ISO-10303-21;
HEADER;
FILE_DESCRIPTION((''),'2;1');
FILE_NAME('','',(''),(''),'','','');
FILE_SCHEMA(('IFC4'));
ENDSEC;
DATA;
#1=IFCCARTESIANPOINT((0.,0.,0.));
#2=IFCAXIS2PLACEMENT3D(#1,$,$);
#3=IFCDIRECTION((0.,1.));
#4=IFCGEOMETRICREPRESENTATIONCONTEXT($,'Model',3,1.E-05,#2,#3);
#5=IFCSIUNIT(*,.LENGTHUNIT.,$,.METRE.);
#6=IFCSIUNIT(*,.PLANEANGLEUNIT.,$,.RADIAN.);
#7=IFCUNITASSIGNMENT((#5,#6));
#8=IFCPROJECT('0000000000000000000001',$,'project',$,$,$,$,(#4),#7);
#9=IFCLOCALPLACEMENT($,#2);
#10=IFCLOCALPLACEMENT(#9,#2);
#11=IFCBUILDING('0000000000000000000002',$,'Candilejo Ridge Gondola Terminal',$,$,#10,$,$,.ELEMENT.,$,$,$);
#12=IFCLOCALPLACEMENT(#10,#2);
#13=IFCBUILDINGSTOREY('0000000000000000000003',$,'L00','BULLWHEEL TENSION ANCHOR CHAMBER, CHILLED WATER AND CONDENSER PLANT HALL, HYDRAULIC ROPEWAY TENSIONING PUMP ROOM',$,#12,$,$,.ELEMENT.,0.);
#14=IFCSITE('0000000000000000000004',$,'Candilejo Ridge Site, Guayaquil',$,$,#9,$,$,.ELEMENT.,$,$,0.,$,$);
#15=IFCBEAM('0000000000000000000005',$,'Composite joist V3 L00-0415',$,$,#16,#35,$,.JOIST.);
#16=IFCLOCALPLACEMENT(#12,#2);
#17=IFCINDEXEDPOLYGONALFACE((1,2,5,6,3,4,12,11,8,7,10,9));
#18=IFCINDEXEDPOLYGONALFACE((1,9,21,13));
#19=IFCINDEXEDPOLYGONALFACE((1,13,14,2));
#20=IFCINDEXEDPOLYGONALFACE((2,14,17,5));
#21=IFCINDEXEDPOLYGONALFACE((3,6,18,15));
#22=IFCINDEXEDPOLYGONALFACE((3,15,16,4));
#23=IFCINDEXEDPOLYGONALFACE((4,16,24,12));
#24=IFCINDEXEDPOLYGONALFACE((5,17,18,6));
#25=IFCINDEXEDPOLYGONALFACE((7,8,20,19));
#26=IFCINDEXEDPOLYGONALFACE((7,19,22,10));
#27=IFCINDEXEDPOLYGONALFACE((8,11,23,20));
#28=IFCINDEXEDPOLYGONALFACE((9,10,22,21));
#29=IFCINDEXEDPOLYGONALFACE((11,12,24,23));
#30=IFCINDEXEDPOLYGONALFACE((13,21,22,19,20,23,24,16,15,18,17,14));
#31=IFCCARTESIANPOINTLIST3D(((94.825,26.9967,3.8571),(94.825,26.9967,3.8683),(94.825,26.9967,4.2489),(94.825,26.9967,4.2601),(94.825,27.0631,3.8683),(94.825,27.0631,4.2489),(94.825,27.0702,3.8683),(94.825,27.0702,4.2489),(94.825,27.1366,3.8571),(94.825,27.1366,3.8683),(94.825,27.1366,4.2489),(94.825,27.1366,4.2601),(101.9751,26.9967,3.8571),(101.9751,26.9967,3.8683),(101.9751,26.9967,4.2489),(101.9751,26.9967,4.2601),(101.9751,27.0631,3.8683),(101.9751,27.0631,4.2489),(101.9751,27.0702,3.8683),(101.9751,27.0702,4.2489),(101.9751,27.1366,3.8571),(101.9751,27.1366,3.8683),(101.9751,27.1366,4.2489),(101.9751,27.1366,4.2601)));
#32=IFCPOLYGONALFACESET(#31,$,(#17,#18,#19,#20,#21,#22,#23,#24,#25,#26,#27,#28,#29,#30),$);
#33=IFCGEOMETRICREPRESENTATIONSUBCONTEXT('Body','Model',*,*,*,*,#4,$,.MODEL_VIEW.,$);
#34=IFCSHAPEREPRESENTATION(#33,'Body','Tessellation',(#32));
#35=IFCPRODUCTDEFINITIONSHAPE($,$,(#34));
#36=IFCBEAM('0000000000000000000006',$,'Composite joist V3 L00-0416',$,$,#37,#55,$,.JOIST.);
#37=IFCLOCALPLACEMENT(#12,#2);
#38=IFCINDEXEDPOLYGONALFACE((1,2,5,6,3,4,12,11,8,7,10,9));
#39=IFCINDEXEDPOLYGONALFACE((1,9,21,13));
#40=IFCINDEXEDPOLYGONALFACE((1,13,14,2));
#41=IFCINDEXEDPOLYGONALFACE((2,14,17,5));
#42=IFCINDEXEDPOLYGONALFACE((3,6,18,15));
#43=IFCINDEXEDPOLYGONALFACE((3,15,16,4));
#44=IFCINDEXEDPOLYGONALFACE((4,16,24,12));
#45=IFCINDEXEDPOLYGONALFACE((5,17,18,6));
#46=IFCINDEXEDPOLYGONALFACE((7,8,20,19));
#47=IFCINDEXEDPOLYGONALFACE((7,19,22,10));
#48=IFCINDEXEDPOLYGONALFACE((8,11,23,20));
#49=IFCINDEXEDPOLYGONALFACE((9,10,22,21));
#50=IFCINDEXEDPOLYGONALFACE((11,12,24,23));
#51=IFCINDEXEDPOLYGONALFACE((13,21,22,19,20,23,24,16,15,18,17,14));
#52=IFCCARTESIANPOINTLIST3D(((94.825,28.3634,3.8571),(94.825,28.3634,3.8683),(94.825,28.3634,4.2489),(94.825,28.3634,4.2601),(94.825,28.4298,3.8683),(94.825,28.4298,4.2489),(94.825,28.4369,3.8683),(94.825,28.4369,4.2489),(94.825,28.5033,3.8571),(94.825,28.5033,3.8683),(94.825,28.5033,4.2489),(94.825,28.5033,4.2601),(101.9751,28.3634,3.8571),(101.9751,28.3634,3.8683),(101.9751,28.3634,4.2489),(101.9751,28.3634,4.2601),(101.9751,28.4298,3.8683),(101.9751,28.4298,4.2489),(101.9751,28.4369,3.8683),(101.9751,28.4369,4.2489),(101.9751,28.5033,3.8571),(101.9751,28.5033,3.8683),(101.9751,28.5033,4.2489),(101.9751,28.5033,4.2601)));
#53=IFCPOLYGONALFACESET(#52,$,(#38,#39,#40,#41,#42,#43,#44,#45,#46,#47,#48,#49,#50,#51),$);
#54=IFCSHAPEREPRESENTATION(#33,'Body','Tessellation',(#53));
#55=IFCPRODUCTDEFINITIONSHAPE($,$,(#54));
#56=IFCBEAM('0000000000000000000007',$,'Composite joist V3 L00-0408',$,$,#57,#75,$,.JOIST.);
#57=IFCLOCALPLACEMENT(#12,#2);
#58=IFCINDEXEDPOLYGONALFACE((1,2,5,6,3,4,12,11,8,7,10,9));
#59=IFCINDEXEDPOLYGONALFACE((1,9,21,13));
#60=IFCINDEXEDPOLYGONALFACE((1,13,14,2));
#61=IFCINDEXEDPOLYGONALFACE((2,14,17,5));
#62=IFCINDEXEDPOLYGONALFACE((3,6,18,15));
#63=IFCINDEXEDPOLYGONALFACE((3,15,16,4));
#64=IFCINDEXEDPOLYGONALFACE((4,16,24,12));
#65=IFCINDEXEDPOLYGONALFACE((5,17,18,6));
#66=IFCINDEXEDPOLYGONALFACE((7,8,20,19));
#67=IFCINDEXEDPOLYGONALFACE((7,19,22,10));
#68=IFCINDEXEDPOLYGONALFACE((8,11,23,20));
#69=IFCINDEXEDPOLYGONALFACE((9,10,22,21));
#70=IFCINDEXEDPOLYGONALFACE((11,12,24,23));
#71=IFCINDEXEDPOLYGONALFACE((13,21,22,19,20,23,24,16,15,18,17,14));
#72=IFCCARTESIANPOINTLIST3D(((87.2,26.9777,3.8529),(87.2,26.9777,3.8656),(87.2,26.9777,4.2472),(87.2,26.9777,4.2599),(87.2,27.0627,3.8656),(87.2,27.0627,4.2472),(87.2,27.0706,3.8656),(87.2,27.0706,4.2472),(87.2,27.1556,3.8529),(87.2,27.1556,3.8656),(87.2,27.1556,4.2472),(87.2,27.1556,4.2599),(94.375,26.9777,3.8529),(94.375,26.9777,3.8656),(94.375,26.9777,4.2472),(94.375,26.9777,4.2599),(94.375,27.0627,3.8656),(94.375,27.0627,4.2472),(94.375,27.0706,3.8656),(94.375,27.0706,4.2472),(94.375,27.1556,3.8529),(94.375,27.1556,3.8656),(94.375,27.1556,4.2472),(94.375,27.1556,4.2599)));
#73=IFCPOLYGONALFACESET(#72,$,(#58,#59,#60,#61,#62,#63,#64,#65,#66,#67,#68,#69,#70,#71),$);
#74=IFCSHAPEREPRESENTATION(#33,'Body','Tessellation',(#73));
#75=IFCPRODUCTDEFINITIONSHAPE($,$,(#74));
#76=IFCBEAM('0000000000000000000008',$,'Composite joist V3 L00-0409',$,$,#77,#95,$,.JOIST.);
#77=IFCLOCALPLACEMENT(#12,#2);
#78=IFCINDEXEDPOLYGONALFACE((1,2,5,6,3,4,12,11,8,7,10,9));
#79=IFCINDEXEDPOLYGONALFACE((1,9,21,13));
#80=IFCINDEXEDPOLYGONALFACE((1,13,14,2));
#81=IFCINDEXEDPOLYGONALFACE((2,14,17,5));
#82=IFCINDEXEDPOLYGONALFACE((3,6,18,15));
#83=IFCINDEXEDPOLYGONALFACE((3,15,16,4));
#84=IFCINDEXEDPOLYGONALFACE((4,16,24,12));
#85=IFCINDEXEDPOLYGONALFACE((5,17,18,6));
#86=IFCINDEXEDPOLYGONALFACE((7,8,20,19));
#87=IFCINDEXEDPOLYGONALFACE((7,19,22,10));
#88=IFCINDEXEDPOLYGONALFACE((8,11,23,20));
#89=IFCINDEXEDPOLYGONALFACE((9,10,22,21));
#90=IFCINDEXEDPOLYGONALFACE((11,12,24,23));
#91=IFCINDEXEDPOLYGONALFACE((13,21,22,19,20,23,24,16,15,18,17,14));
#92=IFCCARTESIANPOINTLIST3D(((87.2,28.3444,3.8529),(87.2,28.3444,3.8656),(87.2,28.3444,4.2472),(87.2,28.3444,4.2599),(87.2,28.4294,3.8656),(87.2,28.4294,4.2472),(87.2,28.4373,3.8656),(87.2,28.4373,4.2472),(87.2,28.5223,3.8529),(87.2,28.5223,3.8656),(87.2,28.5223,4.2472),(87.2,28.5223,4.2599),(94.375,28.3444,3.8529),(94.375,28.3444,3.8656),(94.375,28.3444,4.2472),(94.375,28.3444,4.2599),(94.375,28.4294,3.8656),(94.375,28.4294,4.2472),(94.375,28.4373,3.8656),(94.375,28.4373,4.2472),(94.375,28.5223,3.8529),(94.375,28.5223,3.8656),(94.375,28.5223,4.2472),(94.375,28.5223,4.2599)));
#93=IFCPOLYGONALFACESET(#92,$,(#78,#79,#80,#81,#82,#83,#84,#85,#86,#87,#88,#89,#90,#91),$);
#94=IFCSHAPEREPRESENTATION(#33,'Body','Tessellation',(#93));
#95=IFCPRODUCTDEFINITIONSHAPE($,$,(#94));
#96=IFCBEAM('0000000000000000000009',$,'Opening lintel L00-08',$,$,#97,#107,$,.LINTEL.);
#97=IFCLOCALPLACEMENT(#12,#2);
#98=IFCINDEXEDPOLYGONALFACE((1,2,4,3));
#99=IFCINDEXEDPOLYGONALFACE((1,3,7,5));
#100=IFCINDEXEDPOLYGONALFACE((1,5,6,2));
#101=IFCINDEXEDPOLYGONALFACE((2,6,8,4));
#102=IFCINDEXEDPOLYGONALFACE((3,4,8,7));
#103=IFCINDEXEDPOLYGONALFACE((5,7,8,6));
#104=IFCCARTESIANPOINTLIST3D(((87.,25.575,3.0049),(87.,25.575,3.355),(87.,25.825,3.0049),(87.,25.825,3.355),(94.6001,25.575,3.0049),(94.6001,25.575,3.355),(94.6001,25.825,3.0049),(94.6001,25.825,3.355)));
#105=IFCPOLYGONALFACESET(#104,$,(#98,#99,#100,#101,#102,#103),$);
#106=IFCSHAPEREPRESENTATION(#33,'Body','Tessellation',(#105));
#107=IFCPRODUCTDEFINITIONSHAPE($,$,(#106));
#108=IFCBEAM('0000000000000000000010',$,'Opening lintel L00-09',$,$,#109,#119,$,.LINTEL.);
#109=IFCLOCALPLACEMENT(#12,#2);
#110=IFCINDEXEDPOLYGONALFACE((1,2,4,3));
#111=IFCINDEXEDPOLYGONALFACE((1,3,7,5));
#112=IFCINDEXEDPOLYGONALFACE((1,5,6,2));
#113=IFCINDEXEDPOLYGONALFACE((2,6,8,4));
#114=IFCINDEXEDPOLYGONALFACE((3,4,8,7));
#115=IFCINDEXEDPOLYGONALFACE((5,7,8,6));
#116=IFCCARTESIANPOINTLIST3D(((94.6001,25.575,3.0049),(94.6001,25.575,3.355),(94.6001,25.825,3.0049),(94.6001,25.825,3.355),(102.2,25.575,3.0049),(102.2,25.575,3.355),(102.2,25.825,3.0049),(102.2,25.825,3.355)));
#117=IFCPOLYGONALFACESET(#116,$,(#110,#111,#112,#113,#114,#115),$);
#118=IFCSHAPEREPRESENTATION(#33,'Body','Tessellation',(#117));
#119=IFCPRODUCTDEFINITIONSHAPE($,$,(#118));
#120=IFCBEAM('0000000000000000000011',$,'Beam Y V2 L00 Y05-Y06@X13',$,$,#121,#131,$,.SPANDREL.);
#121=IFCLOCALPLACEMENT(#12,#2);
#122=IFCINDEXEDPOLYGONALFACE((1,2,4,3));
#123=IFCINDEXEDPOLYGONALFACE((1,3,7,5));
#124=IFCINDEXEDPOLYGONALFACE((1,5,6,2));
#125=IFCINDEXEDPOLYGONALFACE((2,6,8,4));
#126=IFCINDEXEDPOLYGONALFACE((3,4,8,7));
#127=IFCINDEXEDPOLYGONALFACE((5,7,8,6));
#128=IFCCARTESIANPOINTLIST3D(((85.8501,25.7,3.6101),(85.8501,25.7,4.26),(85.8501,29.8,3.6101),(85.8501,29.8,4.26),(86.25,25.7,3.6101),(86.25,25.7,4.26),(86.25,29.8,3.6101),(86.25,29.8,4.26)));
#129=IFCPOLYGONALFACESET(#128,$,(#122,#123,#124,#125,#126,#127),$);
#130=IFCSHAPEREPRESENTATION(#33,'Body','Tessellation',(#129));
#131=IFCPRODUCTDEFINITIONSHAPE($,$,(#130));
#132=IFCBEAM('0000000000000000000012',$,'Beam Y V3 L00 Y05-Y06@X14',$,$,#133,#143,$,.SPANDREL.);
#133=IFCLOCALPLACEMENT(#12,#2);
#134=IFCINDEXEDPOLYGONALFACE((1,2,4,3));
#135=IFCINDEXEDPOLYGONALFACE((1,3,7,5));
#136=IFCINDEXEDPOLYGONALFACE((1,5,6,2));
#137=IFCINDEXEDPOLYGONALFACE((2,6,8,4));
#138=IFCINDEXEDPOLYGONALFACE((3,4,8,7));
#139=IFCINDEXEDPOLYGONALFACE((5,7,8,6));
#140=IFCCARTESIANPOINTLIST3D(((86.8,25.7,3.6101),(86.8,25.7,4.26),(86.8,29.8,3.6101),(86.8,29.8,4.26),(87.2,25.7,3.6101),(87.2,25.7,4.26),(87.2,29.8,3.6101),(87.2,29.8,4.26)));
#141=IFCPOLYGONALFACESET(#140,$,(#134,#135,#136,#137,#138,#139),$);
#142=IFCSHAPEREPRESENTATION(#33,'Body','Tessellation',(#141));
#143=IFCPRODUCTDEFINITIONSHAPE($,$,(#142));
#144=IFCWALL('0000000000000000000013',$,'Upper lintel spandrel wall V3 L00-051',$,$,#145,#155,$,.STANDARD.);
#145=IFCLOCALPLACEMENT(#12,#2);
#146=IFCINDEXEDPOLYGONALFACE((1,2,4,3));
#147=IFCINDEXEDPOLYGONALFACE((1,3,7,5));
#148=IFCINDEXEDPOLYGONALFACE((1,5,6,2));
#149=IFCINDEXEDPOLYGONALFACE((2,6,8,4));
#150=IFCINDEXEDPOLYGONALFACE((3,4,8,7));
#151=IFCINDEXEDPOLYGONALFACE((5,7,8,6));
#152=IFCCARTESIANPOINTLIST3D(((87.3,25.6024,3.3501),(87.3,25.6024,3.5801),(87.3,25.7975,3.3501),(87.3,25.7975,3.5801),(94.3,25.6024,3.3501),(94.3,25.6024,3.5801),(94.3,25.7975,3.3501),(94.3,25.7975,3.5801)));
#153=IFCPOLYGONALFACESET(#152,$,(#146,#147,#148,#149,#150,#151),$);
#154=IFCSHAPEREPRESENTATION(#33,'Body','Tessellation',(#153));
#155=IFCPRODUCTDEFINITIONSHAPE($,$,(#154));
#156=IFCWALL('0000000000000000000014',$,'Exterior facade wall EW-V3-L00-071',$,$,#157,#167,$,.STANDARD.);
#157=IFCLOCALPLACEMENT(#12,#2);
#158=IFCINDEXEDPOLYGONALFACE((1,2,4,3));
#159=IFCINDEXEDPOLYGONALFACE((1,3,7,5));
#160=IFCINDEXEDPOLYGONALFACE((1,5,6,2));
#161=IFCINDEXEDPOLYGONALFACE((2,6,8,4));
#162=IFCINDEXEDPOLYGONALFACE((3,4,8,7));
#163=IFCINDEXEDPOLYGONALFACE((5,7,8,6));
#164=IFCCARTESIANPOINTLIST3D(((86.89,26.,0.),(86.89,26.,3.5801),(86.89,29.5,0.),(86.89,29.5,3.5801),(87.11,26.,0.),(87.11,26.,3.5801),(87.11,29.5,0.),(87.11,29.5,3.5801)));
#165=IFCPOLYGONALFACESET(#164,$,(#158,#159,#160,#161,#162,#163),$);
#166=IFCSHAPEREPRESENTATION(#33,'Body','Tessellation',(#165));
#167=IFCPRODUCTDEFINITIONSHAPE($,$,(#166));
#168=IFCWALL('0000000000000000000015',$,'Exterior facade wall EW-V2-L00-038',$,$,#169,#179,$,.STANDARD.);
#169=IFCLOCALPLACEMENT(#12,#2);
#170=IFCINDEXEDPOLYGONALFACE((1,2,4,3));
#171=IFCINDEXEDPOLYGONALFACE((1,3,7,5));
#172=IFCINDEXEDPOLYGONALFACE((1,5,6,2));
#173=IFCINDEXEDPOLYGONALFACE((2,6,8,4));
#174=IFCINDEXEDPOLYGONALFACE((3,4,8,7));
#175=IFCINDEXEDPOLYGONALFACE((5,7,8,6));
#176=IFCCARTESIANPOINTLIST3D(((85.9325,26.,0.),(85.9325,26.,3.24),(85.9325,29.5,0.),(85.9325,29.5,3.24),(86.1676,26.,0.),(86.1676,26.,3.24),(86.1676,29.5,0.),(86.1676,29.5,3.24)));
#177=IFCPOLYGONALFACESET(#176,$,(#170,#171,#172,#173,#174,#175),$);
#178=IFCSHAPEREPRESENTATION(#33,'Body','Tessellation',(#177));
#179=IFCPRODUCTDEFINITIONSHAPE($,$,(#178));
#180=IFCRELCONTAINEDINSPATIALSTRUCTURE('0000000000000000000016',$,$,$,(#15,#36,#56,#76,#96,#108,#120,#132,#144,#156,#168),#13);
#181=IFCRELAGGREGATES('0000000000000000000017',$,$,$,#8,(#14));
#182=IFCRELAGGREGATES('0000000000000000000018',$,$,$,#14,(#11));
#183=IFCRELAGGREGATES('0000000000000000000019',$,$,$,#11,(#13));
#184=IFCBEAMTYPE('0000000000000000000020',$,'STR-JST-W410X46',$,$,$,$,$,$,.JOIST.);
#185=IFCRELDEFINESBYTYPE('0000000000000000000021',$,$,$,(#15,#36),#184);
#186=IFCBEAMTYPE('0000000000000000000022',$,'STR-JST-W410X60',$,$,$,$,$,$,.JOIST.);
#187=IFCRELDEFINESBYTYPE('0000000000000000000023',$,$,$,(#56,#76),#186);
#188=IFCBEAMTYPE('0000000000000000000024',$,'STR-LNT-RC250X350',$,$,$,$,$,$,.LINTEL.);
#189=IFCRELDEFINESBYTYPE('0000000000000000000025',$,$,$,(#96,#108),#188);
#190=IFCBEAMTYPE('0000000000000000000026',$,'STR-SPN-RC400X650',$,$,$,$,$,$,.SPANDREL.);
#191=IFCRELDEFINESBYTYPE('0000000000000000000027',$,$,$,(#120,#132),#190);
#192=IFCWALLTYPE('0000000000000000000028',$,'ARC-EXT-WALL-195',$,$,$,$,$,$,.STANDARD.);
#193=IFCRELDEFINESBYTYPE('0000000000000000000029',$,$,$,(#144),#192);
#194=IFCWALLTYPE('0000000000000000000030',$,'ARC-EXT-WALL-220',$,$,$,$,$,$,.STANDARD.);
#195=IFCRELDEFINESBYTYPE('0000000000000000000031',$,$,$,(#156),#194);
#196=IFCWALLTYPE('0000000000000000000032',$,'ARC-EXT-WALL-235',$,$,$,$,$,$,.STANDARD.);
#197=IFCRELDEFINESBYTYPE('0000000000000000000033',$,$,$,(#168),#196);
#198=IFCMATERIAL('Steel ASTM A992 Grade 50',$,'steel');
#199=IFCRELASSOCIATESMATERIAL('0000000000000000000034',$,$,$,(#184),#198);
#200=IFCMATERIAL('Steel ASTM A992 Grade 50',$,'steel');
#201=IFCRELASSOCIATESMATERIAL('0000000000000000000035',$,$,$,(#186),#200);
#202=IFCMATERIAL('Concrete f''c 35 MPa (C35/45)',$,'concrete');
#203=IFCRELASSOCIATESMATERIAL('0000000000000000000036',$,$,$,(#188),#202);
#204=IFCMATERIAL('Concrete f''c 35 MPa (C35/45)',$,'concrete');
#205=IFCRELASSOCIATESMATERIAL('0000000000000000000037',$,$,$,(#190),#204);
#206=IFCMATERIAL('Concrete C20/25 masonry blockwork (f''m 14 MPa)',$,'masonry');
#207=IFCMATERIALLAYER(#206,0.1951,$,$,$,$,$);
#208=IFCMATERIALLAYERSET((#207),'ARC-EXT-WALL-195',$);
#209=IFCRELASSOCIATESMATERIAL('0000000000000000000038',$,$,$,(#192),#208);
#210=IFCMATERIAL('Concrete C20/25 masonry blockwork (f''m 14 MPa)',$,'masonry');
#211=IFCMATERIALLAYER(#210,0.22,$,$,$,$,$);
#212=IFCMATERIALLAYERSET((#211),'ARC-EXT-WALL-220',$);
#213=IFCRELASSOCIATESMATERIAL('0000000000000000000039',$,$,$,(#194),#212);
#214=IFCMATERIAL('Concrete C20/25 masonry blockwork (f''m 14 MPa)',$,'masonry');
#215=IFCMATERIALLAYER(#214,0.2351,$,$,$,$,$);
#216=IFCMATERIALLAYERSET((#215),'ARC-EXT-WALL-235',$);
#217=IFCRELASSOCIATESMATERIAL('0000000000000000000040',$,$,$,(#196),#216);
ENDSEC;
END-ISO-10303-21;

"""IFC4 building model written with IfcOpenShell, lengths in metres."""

from ifc_helpers import new_model, si_unit, direction, frame, frame_2d, origin, origin_2d, place, context, subcontext, project, spatial, rectangle, i_section, extrude, material, layer, layer_set, material_profile, profile_set, type_object, element, save


model = new_model("IFC4")

# Units and contexts
model_context = context("Model", 3, precision=1e-05, world=origin(), true_north=direction((0.0, 1.0)))
body_context = subcontext(model_context, "Body", "Model", "MODEL_VIEW")
ifc_project = project(units=[si_unit("LENGTHUNIT", "METRE"), si_unit("PLANEANGLEUNIT", "RADIAN")], contexts=[model_context])

# Site, building, storey
site_placement = place(None, origin())
site = spatial("IfcSite", under=ifc_project, at=site_placement, Name="Candilejo Ridge Site, Guayaquil", CompositionType="ELEMENT", RefElevation=0.0)
building_placement = place(site_placement, origin())
building = spatial("IfcBuilding", under=site, at=building_placement, Name="Candilejo Ridge Gondola Terminal", CompositionType="ELEMENT")
storey_placement = place(building_placement, origin())
storey = spatial("IfcBuildingStorey", under=building, at=storey_placement, Name="L00", Description="BULLWHEEL TENSION ANCHOR CHAMBER, CHILLED WATER AND CONDENSER PLANT HALL, HYDRAULIC ROPEWAY TENSIONING PUMP ROOM", CompositionType="ELEMENT", Elevation=0.0)

# Beams
ifc_material_1 = material(Name="Steel ASTM A992 Grade 50", Category="steel")
ifc_material_profile_1 = material_profile(ifc_material_1, i_section(OverallWidth=0.1399, OverallDepth=0.4031, WebThickness=0.0071, FlangeThickness=0.0112, at=origin_2d()))
ifc_profile_set_1 = profile_set([ifc_material_profile_1], Name="Steel ASTM A992 Grade 50")
beam_type_1 = type_object("IfcBeamType", Name="STR-JST-W410X46", PredefinedType="JOIST", material=ifc_profile_set_1)
for number, where, z_axis, x_axis, name in (
    (1, (94.825, 27.0667, 4.0586), (1.0, 0.0, 0.0), (0.0, 1.0, 0.0), "Composite joist V3 L00-0415"),
    (2, (94.825, 28.4333, 4.0586), (1.0, 0.0, 0.0), (0.0, 1.0, 0.0), "Composite joist V3 L00-0416"),
):
    element("IfcBeam", number, at=place(storey_placement, frame(where, z_axis=z_axis, x_axis=x_axis)), inside=storey, type_object=beam_type_1, Name=name, PredefinedType="JOIST", context=body_context, shape_type="SweptSolid", body=[
        extrude(i_section(OverallWidth=0.1399, OverallDepth=0.4031, WebThickness=0.0071, FlangeThickness=0.0112, at=origin_2d()), origin(), (0.0, 0.0, 1.0), 7.1501),
    ])
ifc_material_2 = material(Name="Steel ASTM A992 Grade 50", Category="steel")
ifc_material_profile_2 = material_profile(ifc_material_2, i_section(OverallWidth=0.178, OverallDepth=0.407, WebThickness=0.0078, FlangeThickness=0.0127, at=origin_2d()))
ifc_profile_set_2 = profile_set([ifc_material_profile_2], Name="Steel ASTM A992 Grade 50")
beam_type_2 = type_object("IfcBeamType", Name="STR-JST-W410X60", PredefinedType="JOIST", material=ifc_profile_set_2)
for number, where, z_axis, x_axis, name in (
    (3, (87.2, 27.0667, 4.0564), (1.0, 0.0, 0.0), (0.0, 1.0, 0.0), "Composite joist V3 L00-0408"),
    (4, (87.2, 28.4333, 4.0564), (1.0, 0.0, 0.0), (0.0, 1.0, 0.0), "Composite joist V3 L00-0409"),
):
    element("IfcBeam", number, at=place(storey_placement, frame(where, z_axis=z_axis, x_axis=x_axis)), inside=storey, type_object=beam_type_2, Name=name, PredefinedType="JOIST", context=body_context, shape_type="SweptSolid", body=[
        extrude(i_section(OverallWidth=0.178, OverallDepth=0.407, WebThickness=0.0078, FlangeThickness=0.0127, at=origin_2d()), origin(), (0.0, 0.0, 1.0), 7.175),
    ])
ifc_material_3 = material(Name="Concrete f'c 35 MPa (C35/45)", Category="concrete")
ifc_material_profile_3 = material_profile(ifc_material_3, rectangle(XDim=0.25, YDim=0.3501, at=origin_2d()))
ifc_profile_set_3 = profile_set([ifc_material_profile_3], Name="Concrete f'c 35 MPa (C35/45)")
beam_type_3 = type_object("IfcBeamType", Name="STR-LNT-RC250X350", PredefinedType="LINTEL", material=ifc_profile_set_3)
beam_1_placement = place(storey_placement, frame((87.0, 25.7, 3.1799), z_axis=(1.0, 0.0, 0.0), x_axis=(0.0, 1.0, 0.0)))
element("IfcBeam", 5, at=beam_1_placement, inside=storey, type_object=beam_type_3, Name="Opening lintel L00-08", PredefinedType="LINTEL", context=body_context, shape_type="SweptSolid", body=[
    extrude(rectangle(XDim=0.25, YDim=0.3501, at=origin_2d()), origin(), (0.0, 0.0, 1.0), 7.6001),
])
beam_2_placement = place(storey_placement, frame((94.6001, 25.7, 3.1799), z_axis=(1.0, 0.0, 0.0), x_axis=(0.0, 1.0, 0.0)))
element("IfcBeam", 6, at=beam_2_placement, inside=storey, type_object=beam_type_3, Name="Opening lintel L00-09", PredefinedType="LINTEL", context=body_context, shape_type="SweptSolid", body=[
    extrude(rectangle(XDim=0.25, YDim=0.3501, at=origin_2d()), origin(), (0.0, 0.0, 1.0), 7.5999),
])
ifc_material_4 = material(Name="Concrete f'c 35 MPa (C35/45)", Category="concrete")
ifc_material_profile_4 = material_profile(ifc_material_4, rectangle(XDim=0.3999, YDim=0.6499, at=origin_2d()))
ifc_profile_set_4 = profile_set([ifc_material_profile_4], Name="Concrete f'c 35 MPa (C35/45)")
beam_type_4 = type_object("IfcBeamType", Name="STR-SPN-RC400X650", PredefinedType="SPANDREL", material=ifc_profile_set_4)
for number, where, z_axis, x_axis, name in (
    (7, (86.05, 25.7, 3.9351), (0.0, 1.0, 0.0), (-1.0, 0.0, 0.0), "Beam Y V2 L00 Y05-Y06@X13"),
    (8, (87.0, 25.7, 3.9351), (0.0, 1.0, 0.0), (-1.0, 0.0, 0.0), "Beam Y V3 L00 Y05-Y06@X14"),
):
    element("IfcBeam", number, at=place(storey_placement, frame(where, z_axis=z_axis, x_axis=x_axis)), inside=storey, type_object=beam_type_4, Name=name, PredefinedType="SPANDREL", context=body_context, shape_type="SweptSolid", body=[
        extrude(rectangle(XDim=0.3999, YDim=0.6499, at=origin_2d()), origin(), (0.0, 0.0, 1.0), 4.1001),
    ])

# Walls
ifc_material_5 = material(Name="Concrete C20/25 masonry blockwork (f'm 14 MPa)", Category="masonry")
ifc_layer_1 = layer(ifc_material_5, 0.1951)
ifc_layer_set_1 = layer_set([ifc_layer_1], Name="ARC-EXT-WALL-195")
wall_type_1 = type_object("IfcWallType", Name="ARC-EXT-WALL-195", PredefinedType="STANDARD", material=ifc_layer_set_1)
wall_1_placement = place(storey_placement, frame((94.3, 25.7, 3.3501), z_axis=(0.0, 0.0, 1.0), x_axis=(-1.0, 0.0, 0.0)))
element("IfcWall", 9, at=wall_1_placement, inside=storey, type_object=wall_type_1, Name="Upper lintel spandrel wall V3 L00-051", PredefinedType="STANDARD", context=body_context, shape_type="SweptSolid", body=[
    extrude(rectangle(XDim=7.0, YDim=0.1951, at=frame_2d((3.5, 0.0))), origin(), (0.0, 0.0, 1.0), 0.23),
])
ifc_material_6 = material(Name="Concrete C20/25 masonry blockwork (f'm 14 MPa)", Category="masonry")
ifc_layer_2 = layer(ifc_material_6, 0.22)
ifc_layer_set_2 = layer_set([ifc_layer_2], Name="ARC-EXT-WALL-220")
wall_type_2 = type_object("IfcWallType", Name="ARC-EXT-WALL-220", PredefinedType="STANDARD", material=ifc_layer_set_2)
wall_2_placement = place(storey_placement, frame((87.0, 26.0, 0.0), z_axis=(0.0, 0.0, 1.0), x_axis=(0.0, 1.0, 0.0)))
element("IfcWall", 10, at=wall_2_placement, inside=storey, type_object=wall_type_2, Name="Exterior facade wall EW-V3-L00-071", PredefinedType="STANDARD", context=body_context, shape_type="SweptSolid", body=[
    extrude(rectangle(XDim=3.5, YDim=0.22, at=frame_2d((1.75, 0.0))), origin(), (0.0, 0.0, 1.0), 3.5801),
])
ifc_material_7 = material(Name="Concrete C20/25 masonry blockwork (f'm 14 MPa)", Category="masonry")
ifc_layer_3 = layer(ifc_material_7, 0.2351)
ifc_layer_set_3 = layer_set([ifc_layer_3], Name="ARC-EXT-WALL-235")
wall_type_3 = type_object("IfcWallType", Name="ARC-EXT-WALL-235", PredefinedType="STANDARD", material=ifc_layer_set_3)
wall_3_placement = place(storey_placement, frame((86.05, 29.5, 0.0), z_axis=(0.0, 0.0, 1.0), x_axis=(0.0, -1.0, 0.0)))
element("IfcWall", 11, at=wall_3_placement, inside=storey, type_object=wall_type_3, Name="Exterior facade wall EW-V2-L00-038", PredefinedType="STANDARD", context=body_context, shape_type="SweptSolid", body=[
    extrude(rectangle(XDim=3.5, YDim=0.2351, at=frame_2d((1.75, 0.0))), origin(), (0.0, 0.0, 1.0), 3.24),
])

save(model, "model.ifc")
